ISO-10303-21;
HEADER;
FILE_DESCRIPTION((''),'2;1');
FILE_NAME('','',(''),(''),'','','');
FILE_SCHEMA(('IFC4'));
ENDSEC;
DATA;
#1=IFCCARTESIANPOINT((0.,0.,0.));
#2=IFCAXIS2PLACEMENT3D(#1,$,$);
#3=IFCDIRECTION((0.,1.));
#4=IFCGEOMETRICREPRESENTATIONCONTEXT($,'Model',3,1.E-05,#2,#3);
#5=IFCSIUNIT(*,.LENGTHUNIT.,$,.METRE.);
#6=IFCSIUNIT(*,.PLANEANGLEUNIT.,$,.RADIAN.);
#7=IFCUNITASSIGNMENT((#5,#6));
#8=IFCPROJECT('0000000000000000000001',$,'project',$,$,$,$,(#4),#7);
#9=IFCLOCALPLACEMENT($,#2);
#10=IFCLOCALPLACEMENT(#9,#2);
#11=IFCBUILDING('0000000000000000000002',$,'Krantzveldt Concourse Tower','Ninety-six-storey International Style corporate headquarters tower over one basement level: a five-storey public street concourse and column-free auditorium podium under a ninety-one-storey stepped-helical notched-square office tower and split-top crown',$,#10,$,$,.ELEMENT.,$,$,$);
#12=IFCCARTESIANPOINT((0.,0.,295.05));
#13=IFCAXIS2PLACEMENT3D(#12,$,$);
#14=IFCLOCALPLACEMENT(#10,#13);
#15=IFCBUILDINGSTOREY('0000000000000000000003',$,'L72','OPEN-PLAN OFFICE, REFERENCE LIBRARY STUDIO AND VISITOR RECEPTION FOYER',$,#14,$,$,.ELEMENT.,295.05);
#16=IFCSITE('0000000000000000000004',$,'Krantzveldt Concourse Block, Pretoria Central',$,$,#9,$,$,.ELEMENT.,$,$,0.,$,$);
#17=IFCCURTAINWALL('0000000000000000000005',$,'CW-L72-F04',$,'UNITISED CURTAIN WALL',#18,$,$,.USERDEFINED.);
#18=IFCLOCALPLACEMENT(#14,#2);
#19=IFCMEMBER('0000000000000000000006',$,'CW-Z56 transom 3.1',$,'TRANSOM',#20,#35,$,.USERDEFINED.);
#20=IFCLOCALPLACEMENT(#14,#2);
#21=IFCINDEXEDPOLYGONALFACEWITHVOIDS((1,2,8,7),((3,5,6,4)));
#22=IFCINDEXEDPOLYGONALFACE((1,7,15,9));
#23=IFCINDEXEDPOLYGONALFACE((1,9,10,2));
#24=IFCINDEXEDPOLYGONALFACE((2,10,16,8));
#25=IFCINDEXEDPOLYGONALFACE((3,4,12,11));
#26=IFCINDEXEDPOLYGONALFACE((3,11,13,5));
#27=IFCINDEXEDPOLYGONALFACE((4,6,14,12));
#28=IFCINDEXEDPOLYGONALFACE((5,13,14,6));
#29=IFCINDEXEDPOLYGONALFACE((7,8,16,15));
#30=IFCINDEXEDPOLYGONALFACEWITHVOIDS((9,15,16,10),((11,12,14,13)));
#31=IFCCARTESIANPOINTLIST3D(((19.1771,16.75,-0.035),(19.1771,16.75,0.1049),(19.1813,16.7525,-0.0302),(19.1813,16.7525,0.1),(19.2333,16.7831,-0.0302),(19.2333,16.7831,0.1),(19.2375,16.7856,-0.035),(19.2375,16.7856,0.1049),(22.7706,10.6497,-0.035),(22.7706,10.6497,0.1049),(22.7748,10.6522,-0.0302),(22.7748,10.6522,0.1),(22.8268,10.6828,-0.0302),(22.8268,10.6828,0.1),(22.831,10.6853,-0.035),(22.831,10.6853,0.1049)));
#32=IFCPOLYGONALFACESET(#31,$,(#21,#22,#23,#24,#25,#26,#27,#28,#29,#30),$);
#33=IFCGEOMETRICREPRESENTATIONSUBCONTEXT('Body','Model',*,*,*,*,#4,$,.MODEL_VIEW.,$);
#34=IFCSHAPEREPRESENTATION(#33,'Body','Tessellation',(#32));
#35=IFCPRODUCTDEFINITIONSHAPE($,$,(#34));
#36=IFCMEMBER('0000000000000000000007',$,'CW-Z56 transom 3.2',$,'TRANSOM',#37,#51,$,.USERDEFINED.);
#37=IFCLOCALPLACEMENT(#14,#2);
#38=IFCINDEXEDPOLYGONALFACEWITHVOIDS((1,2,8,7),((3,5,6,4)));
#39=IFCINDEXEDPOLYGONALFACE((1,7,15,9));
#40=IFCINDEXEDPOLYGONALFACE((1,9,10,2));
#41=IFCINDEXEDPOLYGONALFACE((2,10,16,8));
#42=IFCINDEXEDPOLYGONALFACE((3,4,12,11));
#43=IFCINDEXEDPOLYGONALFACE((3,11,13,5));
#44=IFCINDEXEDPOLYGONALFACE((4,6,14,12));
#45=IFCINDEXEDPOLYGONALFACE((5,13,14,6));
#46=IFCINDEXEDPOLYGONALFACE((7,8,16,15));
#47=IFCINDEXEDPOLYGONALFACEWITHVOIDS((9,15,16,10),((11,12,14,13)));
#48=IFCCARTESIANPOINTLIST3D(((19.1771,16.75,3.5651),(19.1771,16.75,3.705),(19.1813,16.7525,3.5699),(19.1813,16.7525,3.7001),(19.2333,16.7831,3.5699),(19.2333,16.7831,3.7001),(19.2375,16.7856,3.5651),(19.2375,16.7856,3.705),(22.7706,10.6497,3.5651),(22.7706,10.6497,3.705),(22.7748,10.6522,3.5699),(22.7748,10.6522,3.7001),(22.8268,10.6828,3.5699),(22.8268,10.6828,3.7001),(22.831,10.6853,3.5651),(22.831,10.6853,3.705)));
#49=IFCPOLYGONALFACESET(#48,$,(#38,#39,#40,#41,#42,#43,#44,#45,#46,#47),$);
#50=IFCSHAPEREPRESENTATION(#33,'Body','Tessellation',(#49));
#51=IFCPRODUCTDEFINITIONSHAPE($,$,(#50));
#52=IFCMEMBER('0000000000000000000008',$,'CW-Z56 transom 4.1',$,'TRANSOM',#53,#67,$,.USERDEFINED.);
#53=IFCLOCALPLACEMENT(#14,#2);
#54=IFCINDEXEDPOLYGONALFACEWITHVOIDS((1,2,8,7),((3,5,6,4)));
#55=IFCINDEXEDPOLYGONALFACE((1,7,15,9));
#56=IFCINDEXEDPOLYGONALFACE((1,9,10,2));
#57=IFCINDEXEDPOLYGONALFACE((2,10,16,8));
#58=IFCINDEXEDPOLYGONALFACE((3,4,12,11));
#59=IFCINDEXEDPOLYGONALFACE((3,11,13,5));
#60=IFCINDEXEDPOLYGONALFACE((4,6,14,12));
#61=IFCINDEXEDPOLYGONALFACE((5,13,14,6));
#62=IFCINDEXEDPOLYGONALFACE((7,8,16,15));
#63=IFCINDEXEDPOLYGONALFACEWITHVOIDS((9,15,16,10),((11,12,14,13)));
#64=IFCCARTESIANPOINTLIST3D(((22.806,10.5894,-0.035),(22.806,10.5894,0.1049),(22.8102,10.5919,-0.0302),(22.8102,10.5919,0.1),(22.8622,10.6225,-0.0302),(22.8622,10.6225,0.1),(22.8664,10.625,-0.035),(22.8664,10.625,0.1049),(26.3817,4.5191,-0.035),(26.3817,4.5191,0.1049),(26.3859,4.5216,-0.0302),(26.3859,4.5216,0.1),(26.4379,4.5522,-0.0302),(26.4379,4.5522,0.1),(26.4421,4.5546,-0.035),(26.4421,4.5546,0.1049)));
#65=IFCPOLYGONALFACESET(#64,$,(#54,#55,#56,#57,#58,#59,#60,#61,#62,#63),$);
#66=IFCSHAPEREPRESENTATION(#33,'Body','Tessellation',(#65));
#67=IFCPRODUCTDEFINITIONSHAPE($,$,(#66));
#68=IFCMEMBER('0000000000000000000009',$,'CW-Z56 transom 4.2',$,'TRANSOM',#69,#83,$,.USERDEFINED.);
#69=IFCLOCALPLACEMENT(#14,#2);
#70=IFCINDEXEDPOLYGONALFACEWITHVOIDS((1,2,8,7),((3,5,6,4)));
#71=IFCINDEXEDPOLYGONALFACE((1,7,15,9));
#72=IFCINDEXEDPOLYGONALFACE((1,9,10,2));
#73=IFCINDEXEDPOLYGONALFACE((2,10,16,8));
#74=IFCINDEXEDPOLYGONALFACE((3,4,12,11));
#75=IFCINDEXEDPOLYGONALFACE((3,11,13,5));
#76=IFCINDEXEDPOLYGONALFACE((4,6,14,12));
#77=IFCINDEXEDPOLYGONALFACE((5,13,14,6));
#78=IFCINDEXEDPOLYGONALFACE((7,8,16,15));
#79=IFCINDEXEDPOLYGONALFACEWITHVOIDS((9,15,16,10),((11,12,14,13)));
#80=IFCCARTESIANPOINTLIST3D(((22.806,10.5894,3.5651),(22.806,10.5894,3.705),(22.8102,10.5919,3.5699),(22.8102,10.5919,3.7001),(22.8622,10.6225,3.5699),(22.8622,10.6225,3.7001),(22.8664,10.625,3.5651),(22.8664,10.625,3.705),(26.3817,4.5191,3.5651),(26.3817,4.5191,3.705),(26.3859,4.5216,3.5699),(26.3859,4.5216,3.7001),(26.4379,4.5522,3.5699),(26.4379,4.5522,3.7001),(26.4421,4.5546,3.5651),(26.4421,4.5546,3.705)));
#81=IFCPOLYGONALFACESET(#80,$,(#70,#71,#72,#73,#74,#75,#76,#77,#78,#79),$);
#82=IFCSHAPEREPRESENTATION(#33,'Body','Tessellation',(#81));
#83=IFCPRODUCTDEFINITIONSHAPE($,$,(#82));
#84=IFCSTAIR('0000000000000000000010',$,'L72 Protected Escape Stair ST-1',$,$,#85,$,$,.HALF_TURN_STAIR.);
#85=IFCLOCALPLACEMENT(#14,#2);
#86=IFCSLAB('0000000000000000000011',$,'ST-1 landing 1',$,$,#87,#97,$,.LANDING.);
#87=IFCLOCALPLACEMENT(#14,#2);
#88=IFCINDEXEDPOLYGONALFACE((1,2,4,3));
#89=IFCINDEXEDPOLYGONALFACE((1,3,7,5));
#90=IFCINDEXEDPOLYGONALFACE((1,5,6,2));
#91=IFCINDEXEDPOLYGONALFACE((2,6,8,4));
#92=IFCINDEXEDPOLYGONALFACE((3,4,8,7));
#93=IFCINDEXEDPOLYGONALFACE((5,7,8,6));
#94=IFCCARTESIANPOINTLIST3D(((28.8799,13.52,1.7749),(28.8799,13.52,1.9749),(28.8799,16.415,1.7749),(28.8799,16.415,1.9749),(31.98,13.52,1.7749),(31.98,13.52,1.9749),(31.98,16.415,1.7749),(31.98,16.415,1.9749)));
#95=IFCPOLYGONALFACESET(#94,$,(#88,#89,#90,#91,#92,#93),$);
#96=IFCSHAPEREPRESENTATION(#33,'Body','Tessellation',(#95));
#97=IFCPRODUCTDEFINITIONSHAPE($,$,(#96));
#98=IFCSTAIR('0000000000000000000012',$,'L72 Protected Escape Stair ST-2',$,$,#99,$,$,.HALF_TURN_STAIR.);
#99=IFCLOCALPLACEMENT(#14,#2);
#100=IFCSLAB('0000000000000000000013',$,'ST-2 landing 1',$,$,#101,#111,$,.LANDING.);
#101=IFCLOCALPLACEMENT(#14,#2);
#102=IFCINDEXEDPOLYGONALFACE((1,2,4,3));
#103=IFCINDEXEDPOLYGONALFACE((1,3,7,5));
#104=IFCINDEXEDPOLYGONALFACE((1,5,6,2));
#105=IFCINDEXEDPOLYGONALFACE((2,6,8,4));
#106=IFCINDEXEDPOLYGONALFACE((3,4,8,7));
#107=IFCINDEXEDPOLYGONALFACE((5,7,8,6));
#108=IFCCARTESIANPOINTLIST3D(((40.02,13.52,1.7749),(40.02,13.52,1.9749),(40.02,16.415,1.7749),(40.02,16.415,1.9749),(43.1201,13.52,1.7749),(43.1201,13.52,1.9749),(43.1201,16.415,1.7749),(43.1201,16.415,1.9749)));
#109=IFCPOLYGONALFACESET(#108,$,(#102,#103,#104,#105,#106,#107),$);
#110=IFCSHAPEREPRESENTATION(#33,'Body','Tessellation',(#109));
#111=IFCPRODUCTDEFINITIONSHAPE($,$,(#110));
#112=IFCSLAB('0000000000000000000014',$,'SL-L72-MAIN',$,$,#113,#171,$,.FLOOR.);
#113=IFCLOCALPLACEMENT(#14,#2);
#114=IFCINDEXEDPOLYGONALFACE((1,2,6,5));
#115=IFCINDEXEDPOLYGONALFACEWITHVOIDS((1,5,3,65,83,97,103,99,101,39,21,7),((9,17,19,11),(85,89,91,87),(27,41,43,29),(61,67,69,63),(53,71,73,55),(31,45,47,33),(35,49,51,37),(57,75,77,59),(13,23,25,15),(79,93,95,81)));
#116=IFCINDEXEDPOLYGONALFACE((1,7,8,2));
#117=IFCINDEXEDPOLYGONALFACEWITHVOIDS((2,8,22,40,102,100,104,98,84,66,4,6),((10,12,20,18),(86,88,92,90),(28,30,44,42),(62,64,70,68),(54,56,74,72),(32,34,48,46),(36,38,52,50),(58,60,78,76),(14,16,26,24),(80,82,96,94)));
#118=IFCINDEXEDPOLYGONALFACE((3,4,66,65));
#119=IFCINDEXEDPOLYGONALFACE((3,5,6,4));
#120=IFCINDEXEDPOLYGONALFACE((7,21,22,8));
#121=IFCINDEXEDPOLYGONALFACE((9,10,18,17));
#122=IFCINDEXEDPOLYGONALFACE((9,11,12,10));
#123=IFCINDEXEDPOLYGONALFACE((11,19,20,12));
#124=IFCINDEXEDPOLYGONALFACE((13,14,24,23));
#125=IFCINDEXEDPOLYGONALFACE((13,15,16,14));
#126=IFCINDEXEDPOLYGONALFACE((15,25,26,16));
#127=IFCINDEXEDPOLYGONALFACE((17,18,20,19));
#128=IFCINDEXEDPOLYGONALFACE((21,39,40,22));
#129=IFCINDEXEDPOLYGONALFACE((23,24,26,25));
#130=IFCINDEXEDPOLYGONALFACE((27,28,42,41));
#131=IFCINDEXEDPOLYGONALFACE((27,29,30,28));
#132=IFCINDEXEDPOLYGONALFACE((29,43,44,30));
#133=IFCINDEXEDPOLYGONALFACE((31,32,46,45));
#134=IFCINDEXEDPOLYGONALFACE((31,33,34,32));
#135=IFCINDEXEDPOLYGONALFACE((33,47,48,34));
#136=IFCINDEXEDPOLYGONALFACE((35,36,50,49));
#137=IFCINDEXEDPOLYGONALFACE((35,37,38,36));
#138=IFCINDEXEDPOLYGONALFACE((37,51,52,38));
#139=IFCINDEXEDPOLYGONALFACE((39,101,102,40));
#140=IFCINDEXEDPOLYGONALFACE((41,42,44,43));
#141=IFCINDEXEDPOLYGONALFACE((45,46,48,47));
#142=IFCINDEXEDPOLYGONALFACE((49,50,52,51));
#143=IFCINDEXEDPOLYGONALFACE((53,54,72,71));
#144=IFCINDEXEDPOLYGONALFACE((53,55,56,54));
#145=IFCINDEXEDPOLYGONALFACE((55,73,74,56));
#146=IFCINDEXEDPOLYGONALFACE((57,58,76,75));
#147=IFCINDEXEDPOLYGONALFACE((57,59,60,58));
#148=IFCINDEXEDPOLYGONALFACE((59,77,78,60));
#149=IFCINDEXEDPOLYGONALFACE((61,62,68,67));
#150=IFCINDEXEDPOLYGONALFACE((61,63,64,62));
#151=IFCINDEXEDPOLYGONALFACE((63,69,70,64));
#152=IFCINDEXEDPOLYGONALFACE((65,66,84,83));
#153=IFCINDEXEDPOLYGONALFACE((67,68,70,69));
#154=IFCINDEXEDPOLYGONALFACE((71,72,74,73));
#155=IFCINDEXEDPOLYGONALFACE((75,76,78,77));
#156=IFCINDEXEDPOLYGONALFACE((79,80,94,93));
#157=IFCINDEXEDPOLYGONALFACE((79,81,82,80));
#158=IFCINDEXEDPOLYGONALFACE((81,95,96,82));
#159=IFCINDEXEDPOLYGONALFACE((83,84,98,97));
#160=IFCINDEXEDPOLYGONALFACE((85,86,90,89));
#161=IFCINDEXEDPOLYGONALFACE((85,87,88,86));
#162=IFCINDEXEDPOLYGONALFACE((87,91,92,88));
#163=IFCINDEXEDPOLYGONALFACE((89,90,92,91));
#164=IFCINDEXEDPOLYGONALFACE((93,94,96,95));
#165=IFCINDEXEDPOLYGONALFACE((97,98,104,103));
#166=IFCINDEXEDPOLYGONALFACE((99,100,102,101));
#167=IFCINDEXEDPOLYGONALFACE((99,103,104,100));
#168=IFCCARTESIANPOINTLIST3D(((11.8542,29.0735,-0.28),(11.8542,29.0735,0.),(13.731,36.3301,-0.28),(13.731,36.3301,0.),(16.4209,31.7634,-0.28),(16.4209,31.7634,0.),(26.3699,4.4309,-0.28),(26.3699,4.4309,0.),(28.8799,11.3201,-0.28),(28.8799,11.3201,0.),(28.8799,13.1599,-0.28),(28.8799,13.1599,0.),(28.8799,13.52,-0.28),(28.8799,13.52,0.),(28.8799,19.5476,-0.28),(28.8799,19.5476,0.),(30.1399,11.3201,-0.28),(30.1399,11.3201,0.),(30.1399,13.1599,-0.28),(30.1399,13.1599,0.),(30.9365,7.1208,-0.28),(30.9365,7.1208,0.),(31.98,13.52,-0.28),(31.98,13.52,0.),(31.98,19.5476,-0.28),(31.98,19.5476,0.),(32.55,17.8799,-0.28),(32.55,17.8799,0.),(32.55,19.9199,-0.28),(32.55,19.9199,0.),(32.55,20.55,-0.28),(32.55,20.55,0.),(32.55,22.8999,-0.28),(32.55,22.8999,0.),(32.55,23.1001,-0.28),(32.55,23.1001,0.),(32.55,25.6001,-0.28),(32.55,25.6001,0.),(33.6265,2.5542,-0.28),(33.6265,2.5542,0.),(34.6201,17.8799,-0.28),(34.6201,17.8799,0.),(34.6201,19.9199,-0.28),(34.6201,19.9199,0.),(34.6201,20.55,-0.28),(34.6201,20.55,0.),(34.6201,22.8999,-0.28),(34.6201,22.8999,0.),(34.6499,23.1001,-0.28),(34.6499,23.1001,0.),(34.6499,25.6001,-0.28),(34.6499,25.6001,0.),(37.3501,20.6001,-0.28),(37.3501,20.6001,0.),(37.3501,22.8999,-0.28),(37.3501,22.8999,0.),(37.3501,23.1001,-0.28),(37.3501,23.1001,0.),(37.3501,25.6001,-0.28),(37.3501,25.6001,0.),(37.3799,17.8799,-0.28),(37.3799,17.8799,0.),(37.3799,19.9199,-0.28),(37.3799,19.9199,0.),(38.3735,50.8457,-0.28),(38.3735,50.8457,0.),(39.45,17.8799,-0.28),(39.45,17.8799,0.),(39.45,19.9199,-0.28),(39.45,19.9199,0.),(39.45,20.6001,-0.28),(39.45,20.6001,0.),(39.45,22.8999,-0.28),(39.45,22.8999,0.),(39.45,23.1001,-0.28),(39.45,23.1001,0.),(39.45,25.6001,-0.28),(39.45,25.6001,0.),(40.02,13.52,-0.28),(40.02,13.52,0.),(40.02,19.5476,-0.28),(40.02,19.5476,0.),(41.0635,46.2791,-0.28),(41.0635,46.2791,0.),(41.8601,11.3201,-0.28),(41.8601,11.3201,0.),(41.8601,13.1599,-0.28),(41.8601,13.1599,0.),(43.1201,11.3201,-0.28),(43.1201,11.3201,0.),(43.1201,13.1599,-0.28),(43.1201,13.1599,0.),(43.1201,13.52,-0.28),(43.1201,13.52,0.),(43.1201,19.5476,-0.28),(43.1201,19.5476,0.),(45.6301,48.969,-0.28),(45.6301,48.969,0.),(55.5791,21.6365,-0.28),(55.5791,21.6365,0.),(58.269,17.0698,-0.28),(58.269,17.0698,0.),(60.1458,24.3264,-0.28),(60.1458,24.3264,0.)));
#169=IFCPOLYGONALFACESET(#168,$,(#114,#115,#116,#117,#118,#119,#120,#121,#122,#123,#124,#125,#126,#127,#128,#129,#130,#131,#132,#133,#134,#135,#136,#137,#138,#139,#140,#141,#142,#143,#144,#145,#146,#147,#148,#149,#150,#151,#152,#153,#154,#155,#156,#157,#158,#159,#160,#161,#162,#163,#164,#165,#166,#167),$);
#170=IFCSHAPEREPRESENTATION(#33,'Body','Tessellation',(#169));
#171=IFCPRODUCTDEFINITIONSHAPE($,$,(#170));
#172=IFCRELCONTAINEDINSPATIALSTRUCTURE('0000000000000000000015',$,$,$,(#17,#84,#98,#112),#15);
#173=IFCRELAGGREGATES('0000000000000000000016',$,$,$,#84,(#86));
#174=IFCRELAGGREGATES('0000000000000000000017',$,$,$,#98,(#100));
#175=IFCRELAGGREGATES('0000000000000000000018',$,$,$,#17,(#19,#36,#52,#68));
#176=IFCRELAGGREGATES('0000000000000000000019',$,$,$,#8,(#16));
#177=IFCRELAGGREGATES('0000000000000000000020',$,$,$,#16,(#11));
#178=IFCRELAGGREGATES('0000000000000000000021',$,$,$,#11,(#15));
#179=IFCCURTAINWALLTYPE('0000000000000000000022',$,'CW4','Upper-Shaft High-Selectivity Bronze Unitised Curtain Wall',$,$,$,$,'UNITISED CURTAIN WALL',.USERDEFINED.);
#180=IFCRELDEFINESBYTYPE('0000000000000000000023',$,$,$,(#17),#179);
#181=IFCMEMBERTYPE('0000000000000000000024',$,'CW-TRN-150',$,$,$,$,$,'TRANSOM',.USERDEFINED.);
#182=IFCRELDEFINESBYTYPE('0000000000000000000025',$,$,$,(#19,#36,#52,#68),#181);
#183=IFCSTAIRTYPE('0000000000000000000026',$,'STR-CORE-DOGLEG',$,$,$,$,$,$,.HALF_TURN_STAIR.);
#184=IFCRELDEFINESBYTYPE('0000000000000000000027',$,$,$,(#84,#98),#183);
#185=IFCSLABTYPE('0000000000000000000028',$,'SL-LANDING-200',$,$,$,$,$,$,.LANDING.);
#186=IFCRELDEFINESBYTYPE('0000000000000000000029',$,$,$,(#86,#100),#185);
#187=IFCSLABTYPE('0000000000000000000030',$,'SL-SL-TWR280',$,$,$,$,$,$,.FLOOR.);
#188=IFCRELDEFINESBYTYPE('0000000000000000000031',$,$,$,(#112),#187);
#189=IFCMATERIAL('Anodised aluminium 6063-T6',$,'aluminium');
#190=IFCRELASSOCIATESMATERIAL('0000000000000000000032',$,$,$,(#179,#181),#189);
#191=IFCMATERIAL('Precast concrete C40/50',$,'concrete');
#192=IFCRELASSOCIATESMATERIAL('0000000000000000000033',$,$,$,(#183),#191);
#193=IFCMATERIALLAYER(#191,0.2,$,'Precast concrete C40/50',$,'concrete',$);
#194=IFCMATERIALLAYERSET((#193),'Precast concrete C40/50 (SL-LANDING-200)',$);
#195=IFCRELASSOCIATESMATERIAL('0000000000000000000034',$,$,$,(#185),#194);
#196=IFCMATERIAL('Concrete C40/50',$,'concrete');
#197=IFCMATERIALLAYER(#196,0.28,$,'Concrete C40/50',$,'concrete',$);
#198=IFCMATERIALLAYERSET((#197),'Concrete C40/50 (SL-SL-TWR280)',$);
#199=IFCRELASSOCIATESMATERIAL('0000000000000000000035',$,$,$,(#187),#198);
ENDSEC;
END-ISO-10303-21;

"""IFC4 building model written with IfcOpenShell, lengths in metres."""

from ifc_helpers import new_model, si_unit, direction, frame, origin, origin_2d, place, context, subcontext, project, spatial, polyline, hollow_rectangle, outline, extrude, source, transform, mapped, material, layer, layer_set, material_profile, profile_set, type_object, type_shapes, element, aggregate, save


model = new_model("IFC4")

# Units and contexts
model_context = context("Model", 3, precision=1e-05, world=origin(), true_north=direction((0.0, 1.0)))
body_context = subcontext(model_context, "Body", "Model", "MODEL_VIEW")
ifc_project = project(units=[si_unit("LENGTHUNIT", "METRE"), si_unit("PLANEANGLEUNIT", "RADIAN")], contexts=[model_context])

# Site, building, storey
site_placement = place(None, origin())
site = spatial("IfcSite", under=ifc_project, at=site_placement, Name="Krantzveldt Concourse Block, Pretoria Central", CompositionType="ELEMENT", RefElevation=0.0)
building_placement = place(site_placement, origin())
building = spatial("IfcBuilding", under=site, at=building_placement, Name="Krantzveldt Concourse Tower", Description="Ninety-six-storey International Style corporate headquarters tower over one basement level: a five-storey public street concourse and column-free auditorium podium under a ninety-one-storey stepped-helical notched-square office tower and split-top crown", CompositionType="ELEMENT")
storey_placement = place(building_placement, frame((0.0, 0.0, 295.05)))
storey = spatial("IfcBuildingStorey", under=building, at=storey_placement, Name="L72", Description="OPEN-PLAN OFFICE, REFERENCE LIBRARY STUDIO AND VISITOR RECEPTION FOYER", CompositionType="ELEMENT", Elevation=295.05)

# Curtain wall, members
ifc_material_1 = material(Name="Anodised aluminium 6063-T6", Category="aluminium")
curtain_wall_type = type_object("IfcCurtainWallType", Name="CW4", Description="Upper-Shaft High-Selectivity Bronze Unitised Curtain Wall", ElementType="UNITISED CURTAIN WALL", PredefinedType="USERDEFINED", material=ifc_material_1)
curtain_wall_placement = place(storey_placement, origin())
curtain_wall = element("IfcCurtainWall", 1, at=curtain_wall_placement, inside=storey, type_object=curtain_wall_type, Name="CW-L72-F04", ObjectType="UNITISED CURTAIN WALL", PredefinedType="USERDEFINED")
ifc_material_profile_1 = material_profile(ifc_material_1, hollow_rectangle(XDim=0.0701, YDim=0.1399, WallThickness=0.0049, at=origin_2d()), Name="Anodised aluminium 6063-T6", Category="aluminium")
ifc_profile_set_1 = profile_set([ifc_material_profile_1], Name="Anodised aluminium 6063-T6 - ALU-TRAN 140x70x5")
member_type_1 = type_object("IfcMemberType", Name="CW-TRN-150", ElementType="TRANSOM", PredefinedType="USERDEFINED", material=ifc_profile_set_1)
shared_shape_1 = source(origin(), body_context, "Body", "SweptSolid", [
    extrude(hollow_rectangle(XDim=0.0701, YDim=0.1399, WallThickness=0.0049, at=origin_2d()), origin(), (0.0, 0.0, 1.0), 7.0801),
])
member_1_placement = place(storey_placement, frame((19.2073, 16.7678, 0.0349), z_axis=(0.507552, -0.861621, 0.0), x_axis=(0.861621, 0.507552, 0.0)))
member_1 = element("IfcMember", 2, at=member_1_placement, type_object=member_type_1, Name="CW-Z56 transom 3.1", ObjectType="TRANSOM", PredefinedType="USERDEFINED", context=body_context, shape_type="MappedRepresentation", body=[
    mapped(shared_shape_1, transform((0.0, 0.0, 0.0), x_axis=(1.0, 0.0, 0.0), y_axis=(0.0, 1.0, 0.0), z_axis=(0.0, 0.0, 1.0), scale=1.0)),
])
member_2_placement = place(storey_placement, frame((19.2073, 16.7678, 3.635), z_axis=(0.507552, -0.861621, 0.0), x_axis=(0.861621, 0.507552, 0.0)))
member_2 = element("IfcMember", 3, at=member_2_placement, type_object=member_type_1, Name="CW-Z56 transom 3.2", ObjectType="TRANSOM", PredefinedType="USERDEFINED", context=body_context, shape_type="MappedRepresentation", body=[
    mapped(shared_shape_1, transform((0.0, 0.0, 0.0), x_axis=(1.0, 0.0, 0.0), y_axis=(0.0, 1.0, 0.0), z_axis=(0.0, 0.0, 1.0), scale=1.0)),
])
shared_shape_2 = source(origin(), body_context, "Body", "SweptSolid", [
    extrude(hollow_rectangle(XDim=0.0701, YDim=0.1399, WallThickness=0.0049, at=origin_2d()), origin(), (0.0, 0.0, 1.0), 7.0452),
])
type_shapes(member_type_1, [shared_shape_1, shared_shape_2])
member_3_placement = place(storey_placement, frame((22.8362, 10.6072, 0.0349), z_axis=(0.507538, -0.861629, 0.0), x_axis=(0.861629, 0.507538, 0.0)))
member_3 = element("IfcMember", 4, at=member_3_placement, type_object=member_type_1, Name="CW-Z56 transom 4.1", ObjectType="TRANSOM", PredefinedType="USERDEFINED", context=body_context, shape_type="MappedRepresentation", body=[
    mapped(shared_shape_2, transform((0.0, 0.0, 0.0), x_axis=(1.0, 0.0, 0.0), y_axis=(0.0, 1.0, 0.0), z_axis=(0.0, 0.0, 1.0), scale=1.0)),
])
member_4_placement = place(storey_placement, frame((22.8362, 10.6072, 3.635), z_axis=(0.507538, -0.861629, 0.0), x_axis=(0.861629, 0.507538, 0.0)))
member_4 = element("IfcMember", 5, at=member_4_placement, type_object=member_type_1, Name="CW-Z56 transom 4.2", ObjectType="TRANSOM", PredefinedType="USERDEFINED", context=body_context, shape_type="MappedRepresentation", body=[
    mapped(shared_shape_2, transform((0.0, 0.0, 0.0), x_axis=(1.0, 0.0, 0.0), y_axis=(0.0, 1.0, 0.0), z_axis=(0.0, 0.0, 1.0), scale=1.0)),
])

# Stairs, slabs
ifc_material_2 = material(Name="Precast concrete C40/50", Category="concrete")
stair_type = type_object("IfcStairType", Name="STR-CORE-DOGLEG", PredefinedType="HALF_TURN_STAIR", material=ifc_material_2)
stair_1_placement = place(storey_placement, origin())
stair_1 = element("IfcStair", 6, at=stair_1_placement, inside=storey, type_object=stair_type, Name="L72 Protected Escape Stair ST-1", PredefinedType="HALF_TURN_STAIR")
ifc_layer_1 = layer(ifc_material_2, 0.2, Name="Precast concrete C40/50", Category="concrete")
ifc_layer_set_1 = layer_set([ifc_layer_1], Name="Precast concrete C40/50 (SL-LANDING-200)")
slab_type_1 = type_object("IfcSlabType", Name="SL-LANDING-200", PredefinedType="LANDING", material=ifc_layer_set_1)
slab_1_placement = place(storey_placement, frame((0.0, 0.0, 1.7749)))
slab_1 = element("IfcSlab", 7, at=slab_1_placement, type_object=slab_type_1, Name="ST-1 landing 1", PredefinedType="LANDING", context=body_context, shape_type="SweptSolid", body=[
    extrude(outline(polyline([(28.8799, 16.415), (28.8799, 13.52), (31.98, 13.52), (31.98, 16.415), (28.8799, 16.415)])), origin(), (0.0, 0.0, 1.0), 0.2),
])
aggregate(stair_1, [slab_1])
stair_2_placement = place(storey_placement, origin())
stair_2 = element("IfcStair", 8, at=stair_2_placement, inside=storey, type_object=stair_type, Name="L72 Protected Escape Stair ST-2", PredefinedType="HALF_TURN_STAIR")
slab_2_placement = place(storey_placement, frame((0.0, 0.0, 1.7749)))
slab_2 = element("IfcSlab", 9, at=slab_2_placement, type_object=slab_type_1, Name="ST-2 landing 1", PredefinedType="LANDING", context=body_context, shape_type="SweptSolid", body=[
    extrude(outline(polyline([(40.02, 16.415), (40.02, 13.52), (43.1201, 13.52), (43.1201, 16.415), (40.02, 16.415)])), origin(), (0.0, 0.0, 1.0), 0.2),
])
aggregate(stair_2, [slab_2])

# Slab
ifc_material_3 = material(Name="Concrete C40/50", Category="concrete")
ifc_layer_2 = layer(ifc_material_3, 0.28, Name="Concrete C40/50", Category="concrete")
ifc_layer_set_2 = layer_set([ifc_layer_2], Name="Concrete C40/50 (SL-SL-TWR280)")
slab_type_2 = type_object("IfcSlabType", Name="SL-SL-TWR280", PredefinedType="FLOOR", material=ifc_layer_set_2)
slab_3_placement = place(storey_placement, frame((0.0, 0.0, -0.28)))
element("IfcSlab", 10, at=slab_3_placement, inside=storey, type_object=slab_type_2, Name="SL-L72-MAIN", PredefinedType="FLOOR", context=body_context, shape_type="SweptSolid", body=[
    extrude(outline(polyline([(41.0635, 46.2791), (38.3735, 50.8457), (13.731, 36.3301), (16.4209, 31.7634), (11.8542, 29.0735), (26.3699, 4.4309), (30.9365, 7.1208), (33.6265, 2.5542), (58.269, 17.0698), (55.5791, 21.6365), (60.1458, 24.3264), (45.6301, 48.969), (41.0635, 46.2791)]), holes=[polyline([(28.8799, 19.5476), (28.8799, 13.52), (31.98, 13.52), (31.98, 19.5476), (28.8799, 19.5476)]), polyline([(40.02, 19.5476), (40.02, 13.52), (43.1201, 13.52), (43.1201, 19.5476), (40.02, 19.5476)]), polyline([(32.55, 23.1001), (34.6499, 23.1001), (34.6499, 25.6001), (32.55, 25.6001), (32.55, 23.1001)]), polyline([(37.3501, 23.1001), (39.45, 23.1001), (39.45, 25.6001), (37.3501, 25.6001), (37.3501, 23.1001)]), polyline([(37.3501, 20.6001), (39.45, 20.6001), (39.45, 22.8999), (37.3501, 22.8999), (37.3501, 20.6001)]), polyline([(32.55, 20.55), (34.6201, 20.55), (34.6201, 22.8999), (32.55, 22.8999), (32.55, 20.55)]), polyline([(32.55, 17.8799), (34.6201, 17.8799), (34.6201, 19.9199), (32.55, 19.9199), (32.55, 17.8799)]), polyline([(37.3799, 17.8799), (39.45, 17.8799), (39.45, 19.9199), (37.3799, 19.9199), (37.3799, 17.8799)]), polyline([(28.8799, 11.3201), (30.1399, 11.3201), (30.1399, 13.1599), (28.8799, 13.1599), (28.8799, 11.3201)]), polyline([(41.8601, 11.3201), (43.1201, 11.3201), (43.1201, 13.1599), (41.8601, 13.1599), (41.8601, 11.3201)])]), origin(), (0.0, 0.0, 1.0), 0.28),
])

aggregate(curtain_wall, [member_1, member_2, member_3, member_4])

save(model, "model.ifc")
